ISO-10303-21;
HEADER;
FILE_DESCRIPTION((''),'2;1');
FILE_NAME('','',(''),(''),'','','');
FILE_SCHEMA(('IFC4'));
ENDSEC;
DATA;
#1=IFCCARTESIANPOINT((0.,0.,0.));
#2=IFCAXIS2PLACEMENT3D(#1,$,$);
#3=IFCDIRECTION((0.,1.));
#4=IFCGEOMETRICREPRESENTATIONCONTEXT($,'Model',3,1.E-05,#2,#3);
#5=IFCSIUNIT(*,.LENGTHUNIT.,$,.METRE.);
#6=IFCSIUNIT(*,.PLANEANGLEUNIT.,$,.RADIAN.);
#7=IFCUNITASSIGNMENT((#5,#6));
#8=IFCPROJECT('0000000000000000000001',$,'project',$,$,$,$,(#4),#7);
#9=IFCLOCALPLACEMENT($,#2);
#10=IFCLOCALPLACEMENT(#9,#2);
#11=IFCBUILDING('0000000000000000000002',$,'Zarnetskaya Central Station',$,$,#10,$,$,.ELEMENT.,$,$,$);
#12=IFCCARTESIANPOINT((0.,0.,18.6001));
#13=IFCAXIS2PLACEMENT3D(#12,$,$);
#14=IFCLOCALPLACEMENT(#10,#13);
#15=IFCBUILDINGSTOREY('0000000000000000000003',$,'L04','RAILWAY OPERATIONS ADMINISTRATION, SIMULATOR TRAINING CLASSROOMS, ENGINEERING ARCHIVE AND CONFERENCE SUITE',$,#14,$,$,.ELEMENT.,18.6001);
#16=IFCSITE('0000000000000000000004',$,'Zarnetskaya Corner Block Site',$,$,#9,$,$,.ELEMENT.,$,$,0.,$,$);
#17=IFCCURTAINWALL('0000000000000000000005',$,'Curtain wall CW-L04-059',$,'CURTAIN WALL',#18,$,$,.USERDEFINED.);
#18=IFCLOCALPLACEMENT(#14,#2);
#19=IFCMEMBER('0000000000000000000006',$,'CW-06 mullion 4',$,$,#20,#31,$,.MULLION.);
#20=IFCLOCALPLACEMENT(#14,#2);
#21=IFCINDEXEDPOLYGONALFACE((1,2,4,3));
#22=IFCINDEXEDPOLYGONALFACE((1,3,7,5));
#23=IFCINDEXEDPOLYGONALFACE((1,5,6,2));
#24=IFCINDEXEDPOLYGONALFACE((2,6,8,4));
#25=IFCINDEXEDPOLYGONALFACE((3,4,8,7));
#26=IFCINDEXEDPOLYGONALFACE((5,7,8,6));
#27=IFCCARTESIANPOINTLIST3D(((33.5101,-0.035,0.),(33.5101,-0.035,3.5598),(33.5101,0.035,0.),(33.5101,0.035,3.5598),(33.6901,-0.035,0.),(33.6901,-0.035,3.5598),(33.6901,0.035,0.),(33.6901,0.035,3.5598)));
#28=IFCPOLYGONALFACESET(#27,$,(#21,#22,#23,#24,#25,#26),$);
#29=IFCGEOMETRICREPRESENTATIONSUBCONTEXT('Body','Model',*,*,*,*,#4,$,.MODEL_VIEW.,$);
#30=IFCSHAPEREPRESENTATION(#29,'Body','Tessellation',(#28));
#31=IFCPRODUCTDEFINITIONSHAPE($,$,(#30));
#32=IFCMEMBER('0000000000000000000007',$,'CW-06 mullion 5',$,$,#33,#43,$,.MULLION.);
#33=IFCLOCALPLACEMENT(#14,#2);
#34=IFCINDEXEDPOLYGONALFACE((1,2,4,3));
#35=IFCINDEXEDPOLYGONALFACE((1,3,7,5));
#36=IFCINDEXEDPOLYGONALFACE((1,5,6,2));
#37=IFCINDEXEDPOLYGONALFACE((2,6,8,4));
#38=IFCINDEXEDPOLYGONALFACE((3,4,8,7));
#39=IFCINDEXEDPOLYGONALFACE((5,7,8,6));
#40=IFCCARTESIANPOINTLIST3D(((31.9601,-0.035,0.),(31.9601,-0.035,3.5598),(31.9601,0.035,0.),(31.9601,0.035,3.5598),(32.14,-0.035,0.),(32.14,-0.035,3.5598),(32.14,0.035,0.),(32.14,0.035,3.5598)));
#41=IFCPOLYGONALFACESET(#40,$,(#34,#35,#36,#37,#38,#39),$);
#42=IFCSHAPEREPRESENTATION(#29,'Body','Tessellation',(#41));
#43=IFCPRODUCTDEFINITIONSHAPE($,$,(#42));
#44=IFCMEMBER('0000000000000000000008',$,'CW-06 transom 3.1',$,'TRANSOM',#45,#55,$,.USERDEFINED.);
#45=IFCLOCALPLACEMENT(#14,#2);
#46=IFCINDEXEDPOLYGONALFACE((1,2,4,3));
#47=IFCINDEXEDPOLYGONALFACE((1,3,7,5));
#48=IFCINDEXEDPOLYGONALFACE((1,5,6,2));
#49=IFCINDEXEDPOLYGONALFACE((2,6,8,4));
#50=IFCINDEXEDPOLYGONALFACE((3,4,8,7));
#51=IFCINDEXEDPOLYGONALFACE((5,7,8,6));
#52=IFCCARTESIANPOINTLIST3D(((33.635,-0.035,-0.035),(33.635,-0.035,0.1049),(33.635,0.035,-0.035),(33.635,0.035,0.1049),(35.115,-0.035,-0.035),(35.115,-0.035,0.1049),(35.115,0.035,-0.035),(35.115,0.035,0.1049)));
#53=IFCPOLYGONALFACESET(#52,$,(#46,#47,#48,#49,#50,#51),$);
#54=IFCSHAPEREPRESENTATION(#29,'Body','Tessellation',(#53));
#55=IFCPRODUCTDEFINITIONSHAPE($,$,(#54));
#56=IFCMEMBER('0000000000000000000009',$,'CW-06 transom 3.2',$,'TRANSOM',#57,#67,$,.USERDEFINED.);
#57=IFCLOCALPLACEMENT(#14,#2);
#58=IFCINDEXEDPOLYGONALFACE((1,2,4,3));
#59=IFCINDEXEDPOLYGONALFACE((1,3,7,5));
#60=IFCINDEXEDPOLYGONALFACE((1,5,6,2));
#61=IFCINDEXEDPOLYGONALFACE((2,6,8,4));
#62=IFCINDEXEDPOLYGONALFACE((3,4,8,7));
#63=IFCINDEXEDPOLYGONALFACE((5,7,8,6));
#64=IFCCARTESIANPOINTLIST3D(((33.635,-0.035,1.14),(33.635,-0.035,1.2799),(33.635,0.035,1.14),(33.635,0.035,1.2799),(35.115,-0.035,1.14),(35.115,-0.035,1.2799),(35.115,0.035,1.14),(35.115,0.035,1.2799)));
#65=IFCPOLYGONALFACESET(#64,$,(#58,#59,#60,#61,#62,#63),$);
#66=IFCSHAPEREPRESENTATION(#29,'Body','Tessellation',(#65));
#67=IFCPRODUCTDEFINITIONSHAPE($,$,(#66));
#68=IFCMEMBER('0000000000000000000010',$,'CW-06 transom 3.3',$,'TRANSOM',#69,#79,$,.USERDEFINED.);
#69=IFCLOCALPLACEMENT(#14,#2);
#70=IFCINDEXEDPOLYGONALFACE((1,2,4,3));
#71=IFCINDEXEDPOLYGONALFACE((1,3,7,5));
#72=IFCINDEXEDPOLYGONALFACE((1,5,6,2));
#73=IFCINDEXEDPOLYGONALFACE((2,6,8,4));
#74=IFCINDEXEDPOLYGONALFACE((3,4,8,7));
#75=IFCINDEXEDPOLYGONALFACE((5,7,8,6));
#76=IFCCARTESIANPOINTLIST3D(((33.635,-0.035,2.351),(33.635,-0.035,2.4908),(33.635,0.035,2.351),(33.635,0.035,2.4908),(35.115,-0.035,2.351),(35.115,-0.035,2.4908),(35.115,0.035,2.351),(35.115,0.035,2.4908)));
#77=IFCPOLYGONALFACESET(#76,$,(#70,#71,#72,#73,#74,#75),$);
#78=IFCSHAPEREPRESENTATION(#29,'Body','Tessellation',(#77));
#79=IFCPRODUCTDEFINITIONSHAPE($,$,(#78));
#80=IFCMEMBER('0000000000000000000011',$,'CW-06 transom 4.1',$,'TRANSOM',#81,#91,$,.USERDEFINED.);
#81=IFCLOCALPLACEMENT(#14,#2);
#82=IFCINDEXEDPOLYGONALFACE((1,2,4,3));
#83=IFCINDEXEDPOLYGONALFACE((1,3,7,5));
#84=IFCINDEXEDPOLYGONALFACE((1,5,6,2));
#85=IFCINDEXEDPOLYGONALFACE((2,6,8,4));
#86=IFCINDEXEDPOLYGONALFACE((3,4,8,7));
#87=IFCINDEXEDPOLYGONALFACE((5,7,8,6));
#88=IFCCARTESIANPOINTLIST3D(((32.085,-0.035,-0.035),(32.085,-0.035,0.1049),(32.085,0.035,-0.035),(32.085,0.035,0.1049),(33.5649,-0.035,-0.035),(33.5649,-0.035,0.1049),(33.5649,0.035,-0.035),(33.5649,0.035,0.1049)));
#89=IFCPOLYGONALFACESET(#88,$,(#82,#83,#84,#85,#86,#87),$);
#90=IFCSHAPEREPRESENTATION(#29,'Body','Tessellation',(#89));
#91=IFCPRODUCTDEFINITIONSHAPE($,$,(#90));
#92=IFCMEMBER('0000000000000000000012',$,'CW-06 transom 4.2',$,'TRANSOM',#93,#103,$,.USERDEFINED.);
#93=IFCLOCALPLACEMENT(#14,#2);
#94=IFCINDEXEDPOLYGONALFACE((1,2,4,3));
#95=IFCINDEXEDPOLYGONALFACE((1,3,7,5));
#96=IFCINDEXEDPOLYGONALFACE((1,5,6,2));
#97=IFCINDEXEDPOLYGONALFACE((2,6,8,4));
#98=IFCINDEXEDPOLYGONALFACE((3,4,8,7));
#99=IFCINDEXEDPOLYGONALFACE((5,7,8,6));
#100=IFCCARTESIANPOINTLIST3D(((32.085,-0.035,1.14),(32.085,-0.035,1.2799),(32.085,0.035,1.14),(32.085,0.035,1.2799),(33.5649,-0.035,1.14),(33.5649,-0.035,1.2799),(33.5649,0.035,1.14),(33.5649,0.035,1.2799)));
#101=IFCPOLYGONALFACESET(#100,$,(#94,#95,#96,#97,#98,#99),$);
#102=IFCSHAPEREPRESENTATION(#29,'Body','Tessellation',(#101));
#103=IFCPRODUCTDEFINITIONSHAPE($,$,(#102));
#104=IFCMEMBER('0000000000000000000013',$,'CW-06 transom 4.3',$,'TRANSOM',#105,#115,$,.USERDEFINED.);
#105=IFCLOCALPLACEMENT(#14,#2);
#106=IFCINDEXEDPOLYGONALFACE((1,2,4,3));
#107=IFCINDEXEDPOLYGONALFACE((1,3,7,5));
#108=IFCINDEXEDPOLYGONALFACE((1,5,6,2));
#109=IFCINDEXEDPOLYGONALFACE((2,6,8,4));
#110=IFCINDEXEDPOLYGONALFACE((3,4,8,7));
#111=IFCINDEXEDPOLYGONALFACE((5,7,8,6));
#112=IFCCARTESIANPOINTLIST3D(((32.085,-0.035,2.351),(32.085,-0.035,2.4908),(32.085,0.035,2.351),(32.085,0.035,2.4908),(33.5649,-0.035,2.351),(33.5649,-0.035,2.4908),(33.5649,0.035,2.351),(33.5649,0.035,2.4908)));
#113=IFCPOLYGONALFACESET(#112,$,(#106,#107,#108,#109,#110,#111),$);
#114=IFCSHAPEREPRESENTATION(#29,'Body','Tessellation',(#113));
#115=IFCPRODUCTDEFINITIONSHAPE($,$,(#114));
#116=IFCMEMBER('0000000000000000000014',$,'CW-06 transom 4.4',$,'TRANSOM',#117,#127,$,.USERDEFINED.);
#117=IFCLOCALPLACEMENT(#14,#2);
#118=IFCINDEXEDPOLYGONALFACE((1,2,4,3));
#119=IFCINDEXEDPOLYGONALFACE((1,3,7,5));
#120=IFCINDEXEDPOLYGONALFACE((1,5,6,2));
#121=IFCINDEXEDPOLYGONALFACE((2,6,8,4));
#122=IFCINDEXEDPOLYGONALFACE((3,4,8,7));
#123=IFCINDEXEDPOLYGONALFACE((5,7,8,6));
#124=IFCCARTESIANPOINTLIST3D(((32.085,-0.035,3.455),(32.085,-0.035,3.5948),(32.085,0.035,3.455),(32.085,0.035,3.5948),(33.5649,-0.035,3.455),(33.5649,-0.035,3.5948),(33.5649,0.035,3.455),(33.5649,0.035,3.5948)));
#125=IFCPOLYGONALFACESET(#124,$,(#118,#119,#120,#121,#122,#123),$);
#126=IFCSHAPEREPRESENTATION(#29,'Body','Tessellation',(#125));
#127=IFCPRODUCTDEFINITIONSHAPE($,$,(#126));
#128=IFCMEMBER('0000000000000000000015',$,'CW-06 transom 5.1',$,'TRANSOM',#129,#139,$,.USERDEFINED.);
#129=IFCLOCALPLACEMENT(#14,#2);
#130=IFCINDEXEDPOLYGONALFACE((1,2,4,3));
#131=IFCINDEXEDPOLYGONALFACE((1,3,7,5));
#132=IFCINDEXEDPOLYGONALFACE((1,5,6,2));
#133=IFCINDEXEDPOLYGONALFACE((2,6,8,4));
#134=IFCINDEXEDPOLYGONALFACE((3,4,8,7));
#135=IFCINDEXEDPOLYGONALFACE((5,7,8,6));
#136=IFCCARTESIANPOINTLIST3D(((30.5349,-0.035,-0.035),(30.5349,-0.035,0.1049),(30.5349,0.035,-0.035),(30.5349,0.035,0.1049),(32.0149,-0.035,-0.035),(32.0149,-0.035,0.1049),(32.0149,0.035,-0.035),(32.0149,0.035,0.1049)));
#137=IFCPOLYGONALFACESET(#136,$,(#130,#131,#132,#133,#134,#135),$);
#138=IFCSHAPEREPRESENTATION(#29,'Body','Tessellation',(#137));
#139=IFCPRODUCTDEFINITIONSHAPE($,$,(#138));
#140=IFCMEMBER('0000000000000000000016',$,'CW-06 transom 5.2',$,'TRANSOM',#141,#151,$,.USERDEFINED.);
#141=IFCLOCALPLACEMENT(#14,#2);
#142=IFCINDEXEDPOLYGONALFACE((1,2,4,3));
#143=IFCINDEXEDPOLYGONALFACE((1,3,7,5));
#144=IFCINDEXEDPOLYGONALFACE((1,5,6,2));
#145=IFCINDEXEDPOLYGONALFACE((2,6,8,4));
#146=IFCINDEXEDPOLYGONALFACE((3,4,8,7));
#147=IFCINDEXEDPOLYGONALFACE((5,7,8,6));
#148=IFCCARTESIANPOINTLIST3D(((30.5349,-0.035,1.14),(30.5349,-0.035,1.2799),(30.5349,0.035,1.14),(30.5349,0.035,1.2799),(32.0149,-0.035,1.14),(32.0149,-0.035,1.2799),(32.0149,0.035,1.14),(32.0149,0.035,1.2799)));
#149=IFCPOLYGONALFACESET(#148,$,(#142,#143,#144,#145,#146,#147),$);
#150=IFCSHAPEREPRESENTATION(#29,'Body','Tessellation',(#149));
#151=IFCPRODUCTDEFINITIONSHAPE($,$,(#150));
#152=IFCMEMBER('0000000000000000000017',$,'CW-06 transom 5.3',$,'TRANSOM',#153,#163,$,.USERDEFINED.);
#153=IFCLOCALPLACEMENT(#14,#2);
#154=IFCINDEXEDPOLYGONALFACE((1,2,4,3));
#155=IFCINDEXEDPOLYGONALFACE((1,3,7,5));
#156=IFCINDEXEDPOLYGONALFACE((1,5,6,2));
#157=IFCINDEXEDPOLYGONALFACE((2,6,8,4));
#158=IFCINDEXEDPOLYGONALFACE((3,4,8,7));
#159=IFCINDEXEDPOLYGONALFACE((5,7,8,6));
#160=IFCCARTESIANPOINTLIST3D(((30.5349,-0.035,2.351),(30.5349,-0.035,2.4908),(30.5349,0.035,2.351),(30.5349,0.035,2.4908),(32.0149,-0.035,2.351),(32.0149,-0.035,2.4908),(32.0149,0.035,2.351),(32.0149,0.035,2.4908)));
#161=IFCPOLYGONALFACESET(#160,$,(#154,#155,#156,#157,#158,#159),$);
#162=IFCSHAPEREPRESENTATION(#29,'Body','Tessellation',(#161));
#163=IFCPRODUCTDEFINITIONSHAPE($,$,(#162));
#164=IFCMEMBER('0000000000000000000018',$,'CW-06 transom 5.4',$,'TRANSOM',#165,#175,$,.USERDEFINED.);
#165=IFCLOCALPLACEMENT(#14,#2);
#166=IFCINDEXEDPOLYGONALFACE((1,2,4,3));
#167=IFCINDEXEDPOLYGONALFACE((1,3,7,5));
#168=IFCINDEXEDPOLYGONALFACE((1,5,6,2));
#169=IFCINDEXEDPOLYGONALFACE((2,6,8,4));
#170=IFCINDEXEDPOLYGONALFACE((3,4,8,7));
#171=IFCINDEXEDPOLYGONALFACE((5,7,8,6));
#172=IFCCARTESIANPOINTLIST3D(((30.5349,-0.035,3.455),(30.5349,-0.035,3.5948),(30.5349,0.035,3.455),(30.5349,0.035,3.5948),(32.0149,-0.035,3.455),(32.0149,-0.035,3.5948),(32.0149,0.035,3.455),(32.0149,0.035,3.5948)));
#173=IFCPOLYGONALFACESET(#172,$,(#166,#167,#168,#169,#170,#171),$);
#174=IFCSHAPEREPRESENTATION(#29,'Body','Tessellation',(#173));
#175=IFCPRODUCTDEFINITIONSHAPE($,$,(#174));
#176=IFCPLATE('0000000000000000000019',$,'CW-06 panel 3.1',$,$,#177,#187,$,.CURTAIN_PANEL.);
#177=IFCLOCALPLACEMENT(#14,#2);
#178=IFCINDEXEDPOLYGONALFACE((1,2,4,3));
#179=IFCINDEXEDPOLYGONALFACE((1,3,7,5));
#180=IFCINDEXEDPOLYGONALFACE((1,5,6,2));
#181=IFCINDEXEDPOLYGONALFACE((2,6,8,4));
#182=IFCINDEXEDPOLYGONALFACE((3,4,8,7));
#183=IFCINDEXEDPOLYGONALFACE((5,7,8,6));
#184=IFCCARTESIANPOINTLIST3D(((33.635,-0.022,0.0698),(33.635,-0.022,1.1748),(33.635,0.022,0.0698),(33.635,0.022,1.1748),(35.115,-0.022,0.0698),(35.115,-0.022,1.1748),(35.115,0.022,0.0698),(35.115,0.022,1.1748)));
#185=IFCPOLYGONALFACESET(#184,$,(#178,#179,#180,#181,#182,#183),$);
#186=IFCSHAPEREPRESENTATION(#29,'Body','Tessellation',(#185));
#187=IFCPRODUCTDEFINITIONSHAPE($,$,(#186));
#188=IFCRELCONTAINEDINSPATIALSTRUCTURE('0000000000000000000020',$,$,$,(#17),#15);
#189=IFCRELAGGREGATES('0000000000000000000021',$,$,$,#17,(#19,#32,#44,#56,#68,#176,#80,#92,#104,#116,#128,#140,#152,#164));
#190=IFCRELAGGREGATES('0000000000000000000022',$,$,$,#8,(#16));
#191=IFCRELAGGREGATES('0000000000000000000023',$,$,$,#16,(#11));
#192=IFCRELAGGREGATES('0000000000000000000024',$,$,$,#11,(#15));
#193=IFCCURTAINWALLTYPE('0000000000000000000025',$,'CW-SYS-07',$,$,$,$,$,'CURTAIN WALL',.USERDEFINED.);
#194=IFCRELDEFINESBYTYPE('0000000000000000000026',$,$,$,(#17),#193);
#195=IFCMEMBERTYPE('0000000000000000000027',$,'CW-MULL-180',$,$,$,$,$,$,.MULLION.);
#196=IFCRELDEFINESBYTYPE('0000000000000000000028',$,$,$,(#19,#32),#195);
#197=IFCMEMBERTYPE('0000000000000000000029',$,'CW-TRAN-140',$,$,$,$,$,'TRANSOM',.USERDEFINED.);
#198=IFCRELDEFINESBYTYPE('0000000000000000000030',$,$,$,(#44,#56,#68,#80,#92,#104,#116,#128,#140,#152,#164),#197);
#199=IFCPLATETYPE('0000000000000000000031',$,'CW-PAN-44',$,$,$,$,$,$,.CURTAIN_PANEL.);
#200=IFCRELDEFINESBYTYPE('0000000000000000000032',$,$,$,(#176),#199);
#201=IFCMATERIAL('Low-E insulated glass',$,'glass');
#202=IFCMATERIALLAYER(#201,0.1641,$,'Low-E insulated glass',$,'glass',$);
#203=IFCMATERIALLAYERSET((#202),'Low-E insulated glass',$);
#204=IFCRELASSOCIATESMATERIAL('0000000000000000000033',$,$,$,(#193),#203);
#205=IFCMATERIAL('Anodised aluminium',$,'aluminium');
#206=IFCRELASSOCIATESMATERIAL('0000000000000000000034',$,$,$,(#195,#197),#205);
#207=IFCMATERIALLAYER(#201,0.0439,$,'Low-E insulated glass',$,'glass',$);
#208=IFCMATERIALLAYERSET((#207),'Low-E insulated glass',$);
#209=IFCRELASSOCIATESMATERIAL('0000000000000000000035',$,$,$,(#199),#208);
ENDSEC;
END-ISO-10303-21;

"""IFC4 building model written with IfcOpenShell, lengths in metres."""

from ifc_helpers import new_model, si_unit, direction, frame, origin, origin_2d, place, context, subcontext, project, spatial, rectangle, extrude, material, layer, layer_set, material_profile, profile_set, type_object, element, aggregate, save


model = new_model("IFC4")

# Units and contexts
model_context = context("Model", 3, precision=1e-05, world=origin(), true_north=direction((0.0, 1.0)))
body_context = subcontext(model_context, "Body", "Model", "MODEL_VIEW")
ifc_project = project(units=[si_unit("LENGTHUNIT", "METRE"), si_unit("PLANEANGLEUNIT", "RADIAN")], contexts=[model_context])

# Site, building, storey
site_placement = place(None, origin())
site = spatial("IfcSite", under=ifc_project, at=site_placement, Name="Zarnetskaya Corner Block Site", CompositionType="ELEMENT", RefElevation=0.0)
building_placement = place(site_placement, origin())
building = spatial("IfcBuilding", under=site, at=building_placement, Name="Zarnetskaya Central Station", CompositionType="ELEMENT")
storey_placement = place(building_placement, frame((0.0, 0.0, 18.6001)))
storey = spatial("IfcBuildingStorey", under=building, at=storey_placement, Name="L04", Description="RAILWAY OPERATIONS ADMINISTRATION, SIMULATOR TRAINING CLASSROOMS, ENGINEERING ARCHIVE AND CONFERENCE SUITE", CompositionType="ELEMENT", Elevation=18.6001)

# Curtain wall, members, plate
ifc_material_1 = material(Name="Low-E insulated glass", Category="glass")
ifc_layer_1 = layer(ifc_material_1, 0.1641, Name="Low-E insulated glass", Category="glass")
ifc_layer_set_1 = layer_set([ifc_layer_1], Name="Low-E insulated glass")
curtain_wall_type = type_object("IfcCurtainWallType", Name="CW-SYS-07", ElementType="CURTAIN WALL", PredefinedType="USERDEFINED", material=ifc_layer_set_1)
curtain_wall_placement = place(storey_placement, origin())
curtain_wall = element("IfcCurtainWall", 1, at=curtain_wall_placement, inside=storey, type_object=curtain_wall_type, Name="Curtain wall CW-L04-059", ObjectType="CURTAIN WALL", PredefinedType="USERDEFINED")
ifc_material_2 = material(Name="Anodised aluminium", Category="aluminium")
ifc_material_profile_1 = material_profile(ifc_material_2, rectangle(XDim=0.0701, YDim=0.1799, at=origin_2d()), Name="ALU MULL 70x180")
ifc_profile_set_1 = profile_set([ifc_material_profile_1], Name="Anodised aluminium")
member_type_1 = type_object("IfcMemberType", Name="CW-MULL-180", PredefinedType="MULLION", material=ifc_profile_set_1)
member_1_placement = place(storey_placement, frame((33.6001, 0.0, 0.0), z_axis=(0.0, 0.0, 1.0), x_axis=(0.0, -1.0, 0.0)))
member_1 = element("IfcMember", 2, at=member_1_placement, type_object=member_type_1, Name="CW-06 mullion 4", PredefinedType="MULLION", context=body_context, shape_type="SweptSolid", body=[
    extrude(rectangle(XDim=0.0701, YDim=0.1799, at=origin_2d()), origin(), (0.0, 0.0, 1.0), 3.5598),
])
member_2_placement = place(storey_placement, frame((32.05, 0.0, 0.0), z_axis=(0.0, 0.0, 1.0), x_axis=(0.0, -1.0, 0.0)))
member_2 = element("IfcMember", 3, at=member_2_placement, type_object=member_type_1, Name="CW-06 mullion 5", PredefinedType="MULLION", context=body_context, shape_type="SweptSolid", body=[
    extrude(rectangle(XDim=0.0701, YDim=0.1799, at=origin_2d()), origin(), (0.0, 0.0, 1.0), 3.5598),
])
ifc_material_profile_2 = material_profile(ifc_material_2, rectangle(XDim=0.0701, YDim=0.1399, at=origin_2d()), Name="ALU TRAN 70x140")
ifc_profile_set_2 = profile_set([ifc_material_profile_2], Name="Anodised aluminium")
member_type_2 = type_object("IfcMemberType", Name="CW-TRAN-140", ElementType="TRANSOM", PredefinedType="USERDEFINED", material=ifc_profile_set_2)
member_3_placement = place(storey_placement, frame((35.115, 0.0, 0.0349), z_axis=(-1.0, 0.0, 0.0), x_axis=(0.0, -1.0, 0.0)))
member_3 = element("IfcMember", 4, at=member_3_placement, type_object=member_type_2, Name="CW-06 transom 3.1", ObjectType="TRANSOM", PredefinedType="USERDEFINED", context=body_context, shape_type="SweptSolid", body=[
    extrude(rectangle(XDim=0.0701, YDim=0.1399, at=origin_2d()), origin(), (0.0, 0.0, 1.0), 1.48),
])
member_4_placement = place(storey_placement, frame((35.115, 0.0, 1.21), z_axis=(-1.0, 0.0, 0.0), x_axis=(0.0, -1.0, 0.0)))
member_4 = element("IfcMember", 5, at=member_4_placement, type_object=member_type_2, Name="CW-06 transom 3.2", ObjectType="TRANSOM", PredefinedType="USERDEFINED", context=body_context, shape_type="SweptSolid", body=[
    extrude(rectangle(XDim=0.0701, YDim=0.1399, at=origin_2d()), origin(), (0.0, 0.0, 1.0), 1.48),
])
member_5_placement = place(storey_placement, frame((35.115, 0.0, 2.4209), z_axis=(-1.0, 0.0, 0.0), x_axis=(0.0, -1.0, 0.0)))
member_5 = element("IfcMember", 6, at=member_5_placement, type_object=member_type_2, Name="CW-06 transom 3.3", ObjectType="TRANSOM", PredefinedType="USERDEFINED", context=body_context, shape_type="SweptSolid", body=[
    extrude(rectangle(XDim=0.0701, YDim=0.1399, at=origin_2d()), origin(), (0.0, 0.0, 1.0), 1.48),
])
member_6_placement = place(storey_placement, frame((33.5649, 0.0, 0.0349), z_axis=(-1.0, 0.0, 0.0), x_axis=(0.0, -1.0, 0.0)))
member_6 = element("IfcMember", 7, at=member_6_placement, type_object=member_type_2, Name="CW-06 transom 4.1", ObjectType="TRANSOM", PredefinedType="USERDEFINED", context=body_context, shape_type="SweptSolid", body=[
    extrude(rectangle(XDim=0.0701, YDim=0.1399, at=origin_2d()), origin(), (0.0, 0.0, 1.0), 1.48),
])
member_7_placement = place(storey_placement, frame((33.5649, 0.0, 1.21), z_axis=(-1.0, 0.0, 0.0), x_axis=(0.0, -1.0, 0.0)))
member_7 = element("IfcMember", 8, at=member_7_placement, type_object=member_type_2, Name="CW-06 transom 4.2", ObjectType="TRANSOM", PredefinedType="USERDEFINED", context=body_context, shape_type="SweptSolid", body=[
    extrude(rectangle(XDim=0.0701, YDim=0.1399, at=origin_2d()), origin(), (0.0, 0.0, 1.0), 1.48),
])
member_8_placement = place(storey_placement, frame((33.5649, 0.0, 2.4209), z_axis=(-1.0, 0.0, 0.0), x_axis=(0.0, -1.0, 0.0)))
member_8 = element("IfcMember", 9, at=member_8_placement, type_object=member_type_2, Name="CW-06 transom 4.3", ObjectType="TRANSOM", PredefinedType="USERDEFINED", context=body_context, shape_type="SweptSolid", body=[
    extrude(rectangle(XDim=0.0701, YDim=0.1399, at=origin_2d()), origin(), (0.0, 0.0, 1.0), 1.48),
])
member_9_placement = place(storey_placement, frame((33.5649, 0.0, 3.5249), z_axis=(-1.0, 0.0, 0.0), x_axis=(0.0, -1.0, 0.0)))
member_9 = element("IfcMember", 10, at=member_9_placement, type_object=member_type_2, Name="CW-06 transom 4.4", ObjectType="TRANSOM", PredefinedType="USERDEFINED", context=body_context, shape_type="SweptSolid", body=[
    extrude(rectangle(XDim=0.0701, YDim=0.1399, at=origin_2d()), origin(), (0.0, 0.0, 1.0), 1.48),
])
member_10_placement = place(storey_placement, frame((32.0149, 0.0, 0.0349), z_axis=(-1.0, 0.0, 0.0), x_axis=(0.0, -1.0, 0.0)))
member_10 = element("IfcMember", 11, at=member_10_placement, type_object=member_type_2, Name="CW-06 transom 5.1", ObjectType="TRANSOM", PredefinedType="USERDEFINED", context=body_context, shape_type="SweptSolid", body=[
    extrude(rectangle(XDim=0.0701, YDim=0.1399, at=origin_2d()), origin(), (0.0, 0.0, 1.0), 1.48),
])
member_11_placement = place(storey_placement, frame((32.0149, 0.0, 1.21), z_axis=(-1.0, 0.0, 0.0), x_axis=(0.0, -1.0, 0.0)))
member_11 = element("IfcMember", 12, at=member_11_placement, type_object=member_type_2, Name="CW-06 transom 5.2", ObjectType="TRANSOM", PredefinedType="USERDEFINED", context=body_context, shape_type="SweptSolid", body=[
    extrude(rectangle(XDim=0.0701, YDim=0.1399, at=origin_2d()), origin(), (0.0, 0.0, 1.0), 1.48),
])
member_12_placement = place(storey_placement, frame((32.0149, 0.0, 2.4209), z_axis=(-1.0, 0.0, 0.0), x_axis=(0.0, -1.0, 0.0)))
member_12 = element("IfcMember", 13, at=member_12_placement, type_object=member_type_2, Name="CW-06 transom 5.3", ObjectType="TRANSOM", PredefinedType="USERDEFINED", context=body_context, shape_type="SweptSolid", body=[
    extrude(rectangle(XDim=0.0701, YDim=0.1399, at=origin_2d()), origin(), (0.0, 0.0, 1.0), 1.48),
])
member_13_placement = place(storey_placement, frame((32.0149, 0.0, 3.5249), z_axis=(-1.0, 0.0, 0.0), x_axis=(0.0, -1.0, 0.0)))
member_13 = element("IfcMember", 14, at=member_13_placement, type_object=member_type_2, Name="CW-06 transom 5.4", ObjectType="TRANSOM", PredefinedType="USERDEFINED", context=body_context, shape_type="SweptSolid", body=[
    extrude(rectangle(XDim=0.0701, YDim=0.1399, at=origin_2d()), origin(), (0.0, 0.0, 1.0), 1.48),
])
ifc_layer_2 = layer(ifc_material_1, 0.0439, Name="Low-E insulated glass", Category="glass")
ifc_layer_set_2 = layer_set([ifc_layer_2], Name="Low-E insulated glass")
plate_type = type_object("IfcPlateType", Name="CW-PAN-44", PredefinedType="CURTAIN_PANEL", material=ifc_layer_set_2)
plate_1_placement = place(storey_placement, frame((34.375, 0.0, 0.0698), z_axis=(0.0, 0.0, 1.0), x_axis=(-1.0, 0.0, 0.0)))
plate_1 = element("IfcPlate", 15, at=plate_1_placement, type_object=plate_type, Name="CW-06 panel 3.1", PredefinedType="CURTAIN_PANEL", context=body_context, shape_type="SweptSolid", body=[
    extrude(rectangle(XDim=1.48, YDim=0.0439, at=origin_2d()), origin(), (0.0, 0.0, 1.0), 1.105),
])
aggregate(curtain_wall, [member_1, member_2, member_3, member_4, member_5, plate_1, member_6, member_7, member_8, member_9, member_10, member_11, member_12, member_13])

save(model, "model.ifc")
